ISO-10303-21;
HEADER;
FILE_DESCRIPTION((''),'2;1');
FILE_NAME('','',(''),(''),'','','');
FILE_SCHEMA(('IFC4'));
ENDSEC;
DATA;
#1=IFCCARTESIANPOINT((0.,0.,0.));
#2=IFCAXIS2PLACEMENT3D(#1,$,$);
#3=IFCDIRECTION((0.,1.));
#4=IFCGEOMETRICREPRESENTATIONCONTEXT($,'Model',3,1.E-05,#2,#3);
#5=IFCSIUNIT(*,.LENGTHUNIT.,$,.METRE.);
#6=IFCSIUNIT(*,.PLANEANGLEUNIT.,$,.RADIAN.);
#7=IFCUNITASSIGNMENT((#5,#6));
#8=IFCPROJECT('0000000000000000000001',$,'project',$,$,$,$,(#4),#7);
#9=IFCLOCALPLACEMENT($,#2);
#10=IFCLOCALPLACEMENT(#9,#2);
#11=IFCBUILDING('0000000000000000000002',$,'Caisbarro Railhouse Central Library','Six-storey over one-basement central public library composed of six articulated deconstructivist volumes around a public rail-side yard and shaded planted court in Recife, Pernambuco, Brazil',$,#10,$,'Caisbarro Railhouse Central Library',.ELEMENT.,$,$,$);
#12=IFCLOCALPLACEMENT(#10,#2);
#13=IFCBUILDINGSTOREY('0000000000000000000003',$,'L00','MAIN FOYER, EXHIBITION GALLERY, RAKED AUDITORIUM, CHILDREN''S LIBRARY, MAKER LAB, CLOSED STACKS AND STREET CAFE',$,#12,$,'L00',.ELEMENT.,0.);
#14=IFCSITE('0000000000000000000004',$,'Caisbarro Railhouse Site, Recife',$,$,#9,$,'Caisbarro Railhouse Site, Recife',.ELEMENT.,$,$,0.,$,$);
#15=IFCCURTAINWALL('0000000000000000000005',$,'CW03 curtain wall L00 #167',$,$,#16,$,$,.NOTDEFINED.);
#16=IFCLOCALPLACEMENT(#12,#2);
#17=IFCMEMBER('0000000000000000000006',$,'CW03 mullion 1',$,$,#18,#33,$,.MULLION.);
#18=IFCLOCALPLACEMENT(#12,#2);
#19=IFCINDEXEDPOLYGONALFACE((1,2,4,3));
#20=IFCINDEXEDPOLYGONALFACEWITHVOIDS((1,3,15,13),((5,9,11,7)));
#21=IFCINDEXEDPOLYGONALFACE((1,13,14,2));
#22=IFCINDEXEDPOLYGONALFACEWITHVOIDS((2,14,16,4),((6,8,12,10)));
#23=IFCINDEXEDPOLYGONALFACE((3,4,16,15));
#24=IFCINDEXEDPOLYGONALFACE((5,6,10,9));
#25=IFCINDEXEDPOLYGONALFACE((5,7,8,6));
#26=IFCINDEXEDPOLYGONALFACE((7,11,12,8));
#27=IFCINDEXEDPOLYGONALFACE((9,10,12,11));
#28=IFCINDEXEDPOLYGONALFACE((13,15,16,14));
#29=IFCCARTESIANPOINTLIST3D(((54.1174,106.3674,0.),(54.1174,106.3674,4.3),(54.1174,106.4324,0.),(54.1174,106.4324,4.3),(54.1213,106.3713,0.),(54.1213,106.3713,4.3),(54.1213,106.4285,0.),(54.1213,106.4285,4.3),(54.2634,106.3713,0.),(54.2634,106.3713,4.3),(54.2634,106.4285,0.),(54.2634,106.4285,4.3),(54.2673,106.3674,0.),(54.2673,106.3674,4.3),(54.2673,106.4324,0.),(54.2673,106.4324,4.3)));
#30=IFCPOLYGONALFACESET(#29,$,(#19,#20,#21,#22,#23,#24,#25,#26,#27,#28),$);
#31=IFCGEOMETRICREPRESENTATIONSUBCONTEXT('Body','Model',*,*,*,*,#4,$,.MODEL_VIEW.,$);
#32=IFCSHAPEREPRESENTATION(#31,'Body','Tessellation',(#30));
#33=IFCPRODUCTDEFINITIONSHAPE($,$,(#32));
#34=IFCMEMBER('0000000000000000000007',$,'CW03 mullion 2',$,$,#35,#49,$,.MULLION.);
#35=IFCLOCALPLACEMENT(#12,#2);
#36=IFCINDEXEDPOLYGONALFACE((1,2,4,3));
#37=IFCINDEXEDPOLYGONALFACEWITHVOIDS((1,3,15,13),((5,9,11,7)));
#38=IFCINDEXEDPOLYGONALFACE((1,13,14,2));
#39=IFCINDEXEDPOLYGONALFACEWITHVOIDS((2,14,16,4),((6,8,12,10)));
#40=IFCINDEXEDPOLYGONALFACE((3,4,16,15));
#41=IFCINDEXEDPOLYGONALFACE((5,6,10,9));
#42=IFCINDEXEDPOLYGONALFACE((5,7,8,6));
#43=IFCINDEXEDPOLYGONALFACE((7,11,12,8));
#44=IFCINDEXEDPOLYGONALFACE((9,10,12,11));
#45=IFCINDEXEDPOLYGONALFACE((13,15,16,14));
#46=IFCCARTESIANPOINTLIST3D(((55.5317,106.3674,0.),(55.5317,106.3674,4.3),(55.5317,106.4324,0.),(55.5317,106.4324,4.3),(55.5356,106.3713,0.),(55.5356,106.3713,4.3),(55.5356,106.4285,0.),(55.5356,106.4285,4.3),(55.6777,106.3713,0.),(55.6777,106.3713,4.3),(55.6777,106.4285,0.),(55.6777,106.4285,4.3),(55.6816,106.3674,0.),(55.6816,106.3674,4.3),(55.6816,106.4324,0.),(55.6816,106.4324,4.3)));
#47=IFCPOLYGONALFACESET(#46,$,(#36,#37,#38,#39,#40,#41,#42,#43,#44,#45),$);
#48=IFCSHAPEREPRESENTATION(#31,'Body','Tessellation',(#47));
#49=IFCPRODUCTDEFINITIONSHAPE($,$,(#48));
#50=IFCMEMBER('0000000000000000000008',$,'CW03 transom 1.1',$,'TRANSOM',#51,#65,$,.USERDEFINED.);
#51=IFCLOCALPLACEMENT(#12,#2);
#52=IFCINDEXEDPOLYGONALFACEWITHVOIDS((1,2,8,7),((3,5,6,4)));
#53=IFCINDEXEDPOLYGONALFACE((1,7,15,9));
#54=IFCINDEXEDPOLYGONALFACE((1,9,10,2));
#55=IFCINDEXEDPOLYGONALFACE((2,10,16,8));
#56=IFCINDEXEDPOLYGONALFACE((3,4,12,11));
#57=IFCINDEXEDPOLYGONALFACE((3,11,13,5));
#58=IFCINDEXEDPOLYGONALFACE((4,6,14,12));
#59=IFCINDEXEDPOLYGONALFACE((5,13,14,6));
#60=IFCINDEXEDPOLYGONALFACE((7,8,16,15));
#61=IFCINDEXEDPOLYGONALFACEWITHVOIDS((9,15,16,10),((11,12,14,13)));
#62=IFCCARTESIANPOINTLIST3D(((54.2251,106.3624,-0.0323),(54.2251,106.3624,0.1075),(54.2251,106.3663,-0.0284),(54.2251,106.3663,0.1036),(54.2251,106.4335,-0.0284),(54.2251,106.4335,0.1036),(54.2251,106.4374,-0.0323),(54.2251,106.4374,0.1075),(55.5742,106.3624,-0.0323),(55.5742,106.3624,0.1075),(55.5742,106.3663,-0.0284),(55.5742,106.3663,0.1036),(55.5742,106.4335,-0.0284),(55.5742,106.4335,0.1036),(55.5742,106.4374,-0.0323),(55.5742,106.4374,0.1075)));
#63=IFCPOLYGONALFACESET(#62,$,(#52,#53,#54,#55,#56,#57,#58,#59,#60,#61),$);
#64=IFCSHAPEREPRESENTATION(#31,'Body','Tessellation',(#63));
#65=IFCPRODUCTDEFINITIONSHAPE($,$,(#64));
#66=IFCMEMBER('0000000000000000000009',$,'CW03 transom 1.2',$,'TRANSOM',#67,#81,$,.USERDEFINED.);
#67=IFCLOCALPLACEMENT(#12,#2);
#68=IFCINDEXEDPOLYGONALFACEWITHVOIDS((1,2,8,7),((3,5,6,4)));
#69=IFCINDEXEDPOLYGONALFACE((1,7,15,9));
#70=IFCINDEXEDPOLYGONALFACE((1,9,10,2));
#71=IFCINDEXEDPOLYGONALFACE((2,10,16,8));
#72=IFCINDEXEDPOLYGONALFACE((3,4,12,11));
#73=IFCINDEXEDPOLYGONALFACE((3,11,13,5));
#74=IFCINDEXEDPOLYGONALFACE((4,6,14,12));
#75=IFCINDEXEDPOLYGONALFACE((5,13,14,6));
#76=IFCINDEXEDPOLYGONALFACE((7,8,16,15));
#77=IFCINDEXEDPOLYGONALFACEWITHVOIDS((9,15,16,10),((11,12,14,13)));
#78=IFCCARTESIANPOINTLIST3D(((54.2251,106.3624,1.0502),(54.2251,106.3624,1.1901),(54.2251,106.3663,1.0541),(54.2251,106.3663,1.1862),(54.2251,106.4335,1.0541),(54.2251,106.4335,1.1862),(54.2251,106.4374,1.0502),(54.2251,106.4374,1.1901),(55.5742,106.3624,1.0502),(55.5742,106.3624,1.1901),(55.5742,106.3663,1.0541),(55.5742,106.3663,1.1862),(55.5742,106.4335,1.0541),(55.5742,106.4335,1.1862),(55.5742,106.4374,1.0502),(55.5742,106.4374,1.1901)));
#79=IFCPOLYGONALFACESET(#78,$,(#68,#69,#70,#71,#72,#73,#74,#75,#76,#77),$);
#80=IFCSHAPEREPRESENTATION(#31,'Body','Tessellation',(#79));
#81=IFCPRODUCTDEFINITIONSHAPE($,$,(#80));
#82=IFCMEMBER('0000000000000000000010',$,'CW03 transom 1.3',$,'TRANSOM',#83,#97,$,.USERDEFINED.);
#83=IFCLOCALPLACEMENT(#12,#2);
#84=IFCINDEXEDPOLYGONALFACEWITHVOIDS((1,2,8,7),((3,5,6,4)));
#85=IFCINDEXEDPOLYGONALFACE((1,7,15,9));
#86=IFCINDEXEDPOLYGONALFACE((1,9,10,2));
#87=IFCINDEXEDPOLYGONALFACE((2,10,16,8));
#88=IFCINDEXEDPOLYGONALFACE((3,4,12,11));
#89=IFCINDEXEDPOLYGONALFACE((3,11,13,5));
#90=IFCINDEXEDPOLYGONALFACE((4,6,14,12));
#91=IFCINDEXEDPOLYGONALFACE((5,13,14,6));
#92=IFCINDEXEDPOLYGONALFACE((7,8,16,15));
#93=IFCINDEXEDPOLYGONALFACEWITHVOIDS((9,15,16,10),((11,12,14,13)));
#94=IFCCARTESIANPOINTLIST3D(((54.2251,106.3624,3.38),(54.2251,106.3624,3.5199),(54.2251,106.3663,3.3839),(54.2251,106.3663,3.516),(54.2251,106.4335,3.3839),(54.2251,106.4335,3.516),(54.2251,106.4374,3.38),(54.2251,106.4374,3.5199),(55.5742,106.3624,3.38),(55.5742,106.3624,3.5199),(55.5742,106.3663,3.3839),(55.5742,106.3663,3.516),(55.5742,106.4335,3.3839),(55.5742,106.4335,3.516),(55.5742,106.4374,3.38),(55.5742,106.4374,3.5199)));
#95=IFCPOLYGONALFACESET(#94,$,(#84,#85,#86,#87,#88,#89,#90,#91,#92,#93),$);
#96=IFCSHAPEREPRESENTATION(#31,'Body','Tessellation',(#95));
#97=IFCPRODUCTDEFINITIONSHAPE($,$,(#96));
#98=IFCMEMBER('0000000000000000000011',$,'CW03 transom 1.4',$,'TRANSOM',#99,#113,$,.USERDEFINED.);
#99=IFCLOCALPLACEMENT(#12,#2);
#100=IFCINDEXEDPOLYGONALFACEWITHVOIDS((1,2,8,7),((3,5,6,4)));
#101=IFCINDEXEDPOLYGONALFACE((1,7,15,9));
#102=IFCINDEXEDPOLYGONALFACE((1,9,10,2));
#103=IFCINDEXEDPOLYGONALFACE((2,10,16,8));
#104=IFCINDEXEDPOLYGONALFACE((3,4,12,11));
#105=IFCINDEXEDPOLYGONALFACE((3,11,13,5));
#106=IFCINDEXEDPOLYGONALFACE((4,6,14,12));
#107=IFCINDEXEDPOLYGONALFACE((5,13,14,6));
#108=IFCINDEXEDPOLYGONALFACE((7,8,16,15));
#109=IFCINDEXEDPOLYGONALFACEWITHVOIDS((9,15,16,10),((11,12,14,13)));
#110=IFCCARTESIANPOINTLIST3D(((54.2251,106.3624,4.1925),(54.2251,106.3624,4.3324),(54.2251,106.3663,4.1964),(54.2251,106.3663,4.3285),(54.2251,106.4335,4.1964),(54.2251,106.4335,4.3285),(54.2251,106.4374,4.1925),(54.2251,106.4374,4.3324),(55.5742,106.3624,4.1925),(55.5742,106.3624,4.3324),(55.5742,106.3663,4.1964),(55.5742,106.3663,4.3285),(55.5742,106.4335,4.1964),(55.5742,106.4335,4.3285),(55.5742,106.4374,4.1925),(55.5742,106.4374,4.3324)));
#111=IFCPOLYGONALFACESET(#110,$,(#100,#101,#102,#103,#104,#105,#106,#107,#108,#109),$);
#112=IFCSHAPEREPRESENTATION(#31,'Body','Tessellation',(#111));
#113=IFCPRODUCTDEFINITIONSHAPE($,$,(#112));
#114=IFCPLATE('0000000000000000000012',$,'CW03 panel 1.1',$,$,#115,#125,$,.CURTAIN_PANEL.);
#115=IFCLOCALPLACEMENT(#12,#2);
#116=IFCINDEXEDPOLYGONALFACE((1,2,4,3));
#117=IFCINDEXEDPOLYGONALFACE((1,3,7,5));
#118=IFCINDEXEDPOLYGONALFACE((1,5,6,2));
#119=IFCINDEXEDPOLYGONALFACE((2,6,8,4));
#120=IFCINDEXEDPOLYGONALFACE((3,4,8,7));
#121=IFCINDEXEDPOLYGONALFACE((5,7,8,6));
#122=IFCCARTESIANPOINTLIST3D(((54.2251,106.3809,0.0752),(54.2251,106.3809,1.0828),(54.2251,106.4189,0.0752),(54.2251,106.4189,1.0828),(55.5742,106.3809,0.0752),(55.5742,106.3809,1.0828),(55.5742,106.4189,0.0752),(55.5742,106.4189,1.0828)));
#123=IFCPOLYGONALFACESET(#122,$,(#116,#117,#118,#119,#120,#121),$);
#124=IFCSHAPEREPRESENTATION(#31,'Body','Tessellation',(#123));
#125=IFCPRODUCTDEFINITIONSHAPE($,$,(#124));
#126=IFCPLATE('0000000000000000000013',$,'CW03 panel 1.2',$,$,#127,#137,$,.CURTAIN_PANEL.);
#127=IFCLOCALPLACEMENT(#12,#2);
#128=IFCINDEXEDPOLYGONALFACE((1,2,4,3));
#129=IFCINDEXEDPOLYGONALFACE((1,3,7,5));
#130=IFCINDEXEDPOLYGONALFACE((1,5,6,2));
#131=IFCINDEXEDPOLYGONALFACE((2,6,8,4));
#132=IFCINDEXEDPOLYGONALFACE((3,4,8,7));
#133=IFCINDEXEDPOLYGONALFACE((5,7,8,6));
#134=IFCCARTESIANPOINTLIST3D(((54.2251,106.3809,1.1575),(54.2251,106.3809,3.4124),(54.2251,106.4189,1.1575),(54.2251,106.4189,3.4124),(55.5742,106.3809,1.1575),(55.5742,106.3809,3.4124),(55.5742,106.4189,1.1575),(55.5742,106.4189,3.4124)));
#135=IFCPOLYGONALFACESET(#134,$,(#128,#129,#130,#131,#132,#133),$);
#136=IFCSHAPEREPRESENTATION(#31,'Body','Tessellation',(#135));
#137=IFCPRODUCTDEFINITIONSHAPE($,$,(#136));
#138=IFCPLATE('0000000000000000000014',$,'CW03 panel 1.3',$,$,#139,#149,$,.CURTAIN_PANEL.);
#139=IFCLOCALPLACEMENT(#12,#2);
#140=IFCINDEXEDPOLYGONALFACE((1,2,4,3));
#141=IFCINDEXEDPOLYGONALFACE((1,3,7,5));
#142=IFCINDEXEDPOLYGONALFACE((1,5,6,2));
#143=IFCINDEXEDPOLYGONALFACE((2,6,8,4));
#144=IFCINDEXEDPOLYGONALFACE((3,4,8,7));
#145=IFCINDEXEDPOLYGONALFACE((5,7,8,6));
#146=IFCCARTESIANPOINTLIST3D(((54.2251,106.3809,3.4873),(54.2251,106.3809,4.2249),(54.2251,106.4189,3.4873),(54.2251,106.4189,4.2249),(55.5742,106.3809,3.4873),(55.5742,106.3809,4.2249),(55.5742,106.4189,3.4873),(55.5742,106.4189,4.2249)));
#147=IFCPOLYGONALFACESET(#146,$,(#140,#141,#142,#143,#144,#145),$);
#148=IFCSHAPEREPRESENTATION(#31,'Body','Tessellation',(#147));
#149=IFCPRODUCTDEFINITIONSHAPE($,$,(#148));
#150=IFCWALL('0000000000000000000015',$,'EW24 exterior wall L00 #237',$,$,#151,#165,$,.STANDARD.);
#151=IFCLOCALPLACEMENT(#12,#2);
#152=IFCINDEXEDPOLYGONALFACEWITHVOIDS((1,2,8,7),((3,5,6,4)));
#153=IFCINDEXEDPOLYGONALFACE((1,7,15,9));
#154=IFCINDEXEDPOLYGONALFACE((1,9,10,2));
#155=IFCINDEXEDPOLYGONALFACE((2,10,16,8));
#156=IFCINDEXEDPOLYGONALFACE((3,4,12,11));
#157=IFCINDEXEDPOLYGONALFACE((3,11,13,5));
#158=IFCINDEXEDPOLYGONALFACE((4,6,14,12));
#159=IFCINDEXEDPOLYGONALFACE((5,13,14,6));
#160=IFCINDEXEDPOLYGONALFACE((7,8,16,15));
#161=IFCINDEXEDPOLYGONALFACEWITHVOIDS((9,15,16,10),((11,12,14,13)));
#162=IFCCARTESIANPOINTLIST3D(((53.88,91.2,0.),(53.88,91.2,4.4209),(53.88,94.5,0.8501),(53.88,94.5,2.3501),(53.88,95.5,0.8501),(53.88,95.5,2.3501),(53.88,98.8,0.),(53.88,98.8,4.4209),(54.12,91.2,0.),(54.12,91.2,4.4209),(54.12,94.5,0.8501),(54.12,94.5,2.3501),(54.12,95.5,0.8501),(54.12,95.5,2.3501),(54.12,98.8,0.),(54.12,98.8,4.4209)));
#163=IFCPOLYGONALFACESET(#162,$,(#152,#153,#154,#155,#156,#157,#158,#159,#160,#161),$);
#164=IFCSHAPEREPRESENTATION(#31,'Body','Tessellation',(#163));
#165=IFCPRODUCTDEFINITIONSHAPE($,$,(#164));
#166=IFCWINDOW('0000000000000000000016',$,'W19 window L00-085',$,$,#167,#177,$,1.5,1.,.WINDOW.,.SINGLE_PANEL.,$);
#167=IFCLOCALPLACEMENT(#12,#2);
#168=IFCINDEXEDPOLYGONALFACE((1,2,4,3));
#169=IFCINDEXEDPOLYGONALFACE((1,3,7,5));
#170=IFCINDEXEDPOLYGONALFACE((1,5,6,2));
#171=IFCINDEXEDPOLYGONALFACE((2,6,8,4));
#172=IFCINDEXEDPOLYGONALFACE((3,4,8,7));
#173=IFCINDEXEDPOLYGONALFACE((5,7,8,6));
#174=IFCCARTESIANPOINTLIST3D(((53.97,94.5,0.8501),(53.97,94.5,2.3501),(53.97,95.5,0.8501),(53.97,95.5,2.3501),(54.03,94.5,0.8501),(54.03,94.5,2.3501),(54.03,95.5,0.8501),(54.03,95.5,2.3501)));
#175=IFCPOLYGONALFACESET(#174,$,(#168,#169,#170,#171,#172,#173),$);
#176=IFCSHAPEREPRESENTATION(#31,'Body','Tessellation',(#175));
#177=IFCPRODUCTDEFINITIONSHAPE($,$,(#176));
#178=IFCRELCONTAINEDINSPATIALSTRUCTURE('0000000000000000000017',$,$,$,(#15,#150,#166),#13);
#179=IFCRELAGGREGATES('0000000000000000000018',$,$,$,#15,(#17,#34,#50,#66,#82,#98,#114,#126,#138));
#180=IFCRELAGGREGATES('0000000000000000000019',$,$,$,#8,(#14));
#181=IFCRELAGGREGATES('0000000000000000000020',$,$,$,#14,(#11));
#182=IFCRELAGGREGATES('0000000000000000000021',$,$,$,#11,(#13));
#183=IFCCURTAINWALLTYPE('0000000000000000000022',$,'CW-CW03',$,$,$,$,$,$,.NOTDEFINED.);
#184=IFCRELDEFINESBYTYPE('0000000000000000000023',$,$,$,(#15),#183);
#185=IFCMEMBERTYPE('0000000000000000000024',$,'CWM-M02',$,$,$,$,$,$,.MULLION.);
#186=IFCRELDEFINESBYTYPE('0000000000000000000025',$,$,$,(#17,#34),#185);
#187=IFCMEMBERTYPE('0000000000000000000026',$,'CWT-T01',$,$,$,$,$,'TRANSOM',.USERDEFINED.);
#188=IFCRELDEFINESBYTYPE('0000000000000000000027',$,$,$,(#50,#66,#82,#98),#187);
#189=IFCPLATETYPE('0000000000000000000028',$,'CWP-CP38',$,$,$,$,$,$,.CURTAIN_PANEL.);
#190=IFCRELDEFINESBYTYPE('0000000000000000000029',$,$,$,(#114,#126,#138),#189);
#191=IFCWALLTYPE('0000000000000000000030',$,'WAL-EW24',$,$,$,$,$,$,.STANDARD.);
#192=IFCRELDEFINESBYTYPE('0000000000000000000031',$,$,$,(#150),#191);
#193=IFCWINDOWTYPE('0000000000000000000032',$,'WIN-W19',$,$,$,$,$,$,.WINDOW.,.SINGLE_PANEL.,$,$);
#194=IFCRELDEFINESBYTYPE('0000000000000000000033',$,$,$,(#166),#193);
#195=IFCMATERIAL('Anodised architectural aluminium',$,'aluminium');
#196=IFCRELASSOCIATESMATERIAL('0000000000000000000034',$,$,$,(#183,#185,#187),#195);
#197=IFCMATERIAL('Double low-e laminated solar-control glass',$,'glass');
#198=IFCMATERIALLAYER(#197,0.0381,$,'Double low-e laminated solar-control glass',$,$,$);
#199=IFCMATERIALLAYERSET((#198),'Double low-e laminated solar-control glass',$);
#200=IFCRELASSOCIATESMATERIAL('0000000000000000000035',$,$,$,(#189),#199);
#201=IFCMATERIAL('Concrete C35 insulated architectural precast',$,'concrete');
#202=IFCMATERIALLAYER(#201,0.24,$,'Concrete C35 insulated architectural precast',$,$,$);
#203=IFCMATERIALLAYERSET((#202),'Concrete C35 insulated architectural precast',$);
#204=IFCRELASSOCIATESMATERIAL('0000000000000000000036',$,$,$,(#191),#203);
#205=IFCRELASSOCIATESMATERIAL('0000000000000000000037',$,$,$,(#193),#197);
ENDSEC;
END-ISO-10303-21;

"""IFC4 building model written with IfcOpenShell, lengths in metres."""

from ifc_helpers import new_model, si_unit, direction, frame, frame_2d, origin, origin_2d, place, context, subcontext, project, spatial, rectangle, hollow_rectangle, extrude, material, layer, layer_set, material_profile, profile_set, type_object, element, fill, aggregate, save


model = new_model("IFC4")

# Units and contexts
model_context = context("Model", 3, precision=1e-05, world=origin(), true_north=direction((0.0, 1.0)))
body_context = subcontext(model_context, "Body", "Model", "MODEL_VIEW")
ifc_project = project(units=[si_unit("LENGTHUNIT", "METRE"), si_unit("PLANEANGLEUNIT", "RADIAN")], contexts=[model_context])

# Site, building, storey
site_placement = place(None, origin())
site = spatial("IfcSite", under=ifc_project, at=site_placement, Name="Caisbarro Railhouse Site, Recife", LongName="Caisbarro Railhouse Site, Recife", CompositionType="ELEMENT", RefElevation=0.0)
building_placement = place(site_placement, origin())
building = spatial("IfcBuilding", under=site, at=building_placement, Name="Caisbarro Railhouse Central Library", Description="Six-storey over one-basement central public library composed of six articulated deconstructivist volumes around a public rail-side yard and shaded planted court in Recife, Pernambuco, Brazil", LongName="Caisbarro Railhouse Central Library", CompositionType="ELEMENT")
storey_placement = place(building_placement, origin())
storey = spatial("IfcBuildingStorey", under=building, at=storey_placement, Name="L00", Description="MAIN FOYER, EXHIBITION GALLERY, RAKED AUDITORIUM, CHILDREN'S LIBRARY, MAKER LAB, CLOSED STACKS AND STREET CAFE", LongName="L00", CompositionType="ELEMENT", Elevation=0.0)

# Curtain wall, members, plates
ifc_material_1 = material(Name="Anodised architectural aluminium", Category="aluminium")
curtain_wall_type = type_object("IfcCurtainWallType", Name="CW-CW03", PredefinedType="NOTDEFINED", material=ifc_material_1)
curtain_wall_placement = place(storey_placement, origin())
curtain_wall = element("IfcCurtainWall", 1, at=curtain_wall_placement, inside=storey, type_object=curtain_wall_type, Name="CW03 curtain wall L00 #167", PredefinedType="NOTDEFINED")
ifc_material_profile_1 = material_profile(ifc_material_1, hollow_rectangle(XDim=0.0649, YDim=0.1499, WallThickness=0.0039, at=origin_2d()), Name="ALU-MUL-65X150")
ifc_profile_set_1 = profile_set([ifc_material_profile_1], Name="Anodised architectural aluminium")
member_type_1 = type_object("IfcMemberType", Name="CWM-M02", PredefinedType="MULLION", material=ifc_profile_set_1)
member_1_placement = place(storey_placement, frame((54.1924, 106.3999, 0.0), z_axis=(0.0, 0.0, 1.0), x_axis=(0.0, 1.0, 0.0)))
member_1 = element("IfcMember", 2, at=member_1_placement, type_object=member_type_1, Name="CW03 mullion 1", PredefinedType="MULLION", context=body_context, shape_type="SweptSolid", body=[
    extrude(hollow_rectangle(XDim=0.0649, YDim=0.1499, WallThickness=0.0039, at=origin_2d()), origin(), (0.0, 0.0, 1.0), 4.3),
])
member_2_placement = place(storey_placement, frame((55.6067, 106.3999, 0.0), z_axis=(0.0, 0.0, 1.0), x_axis=(0.0, 1.0, 0.0)))
member_2 = element("IfcMember", 3, at=member_2_placement, type_object=member_type_1, Name="CW03 mullion 2", PredefinedType="MULLION", context=body_context, shape_type="SweptSolid", body=[
    extrude(hollow_rectangle(XDim=0.0649, YDim=0.1499, WallThickness=0.0039, at=origin_2d()), origin(), (0.0, 0.0, 1.0), 4.3),
])
ifc_material_profile_2 = material_profile(ifc_material_1, hollow_rectangle(XDim=0.075, YDim=0.1399, WallThickness=0.0039, at=origin_2d()), Name="ALU-TRN-75X140")
ifc_profile_set_2 = profile_set([ifc_material_profile_2], Name="Anodised architectural aluminium")
member_type_2 = type_object("IfcMemberType", Name="CWT-T01", ElementType="TRANSOM", PredefinedType="USERDEFINED", material=ifc_profile_set_2)
member_3_placement = place(storey_placement, frame((54.2251, 106.3999, 0.0376), z_axis=(1.0, 0.0, 0.0), x_axis=(0.0, 1.0, 0.0)))
member_3 = element("IfcMember", 4, at=member_3_placement, type_object=member_type_2, Name="CW03 transom 1.1", ObjectType="TRANSOM", PredefinedType="USERDEFINED", context=body_context, shape_type="SweptSolid", body=[
    extrude(hollow_rectangle(XDim=0.075, YDim=0.1399, WallThickness=0.0039, at=origin_2d()), origin(), (0.0, 0.0, 1.0), 1.3491),
])
member_4_placement = place(storey_placement, frame((54.2251, 106.3999, 1.1201), z_axis=(1.0, 0.0, 0.0), x_axis=(0.0, 1.0, 0.0)))
member_4 = element("IfcMember", 5, at=member_4_placement, type_object=member_type_2, Name="CW03 transom 1.2", ObjectType="TRANSOM", PredefinedType="USERDEFINED", context=body_context, shape_type="SweptSolid", body=[
    extrude(hollow_rectangle(XDim=0.075, YDim=0.1399, WallThickness=0.0039, at=origin_2d()), origin(), (0.0, 0.0, 1.0), 1.3491),
])
member_5_placement = place(storey_placement, frame((54.2251, 106.3999, 3.45), z_axis=(1.0, 0.0, 0.0), x_axis=(0.0, 1.0, 0.0)))
member_5 = element("IfcMember", 6, at=member_5_placement, type_object=member_type_2, Name="CW03 transom 1.3", ObjectType="TRANSOM", PredefinedType="USERDEFINED", context=body_context, shape_type="SweptSolid", body=[
    extrude(hollow_rectangle(XDim=0.075, YDim=0.1399, WallThickness=0.0039, at=origin_2d()), origin(), (0.0, 0.0, 1.0), 1.3491),
])
member_6_placement = place(storey_placement, frame((54.2251, 106.3999, 4.2625), z_axis=(1.0, 0.0, 0.0), x_axis=(0.0, 1.0, 0.0)))
member_6 = element("IfcMember", 7, at=member_6_placement, type_object=member_type_2, Name="CW03 transom 1.4", ObjectType="TRANSOM", PredefinedType="USERDEFINED", context=body_context, shape_type="SweptSolid", body=[
    extrude(hollow_rectangle(XDim=0.075, YDim=0.1399, WallThickness=0.0039, at=origin_2d()), origin(), (0.0, 0.0, 1.0), 1.3491),
])
ifc_material_2 = material(Name="Double low-e laminated solar-control glass", Category="glass")
ifc_layer_1 = layer(ifc_material_2, 0.0381, Name="Double low-e laminated solar-control glass")
ifc_layer_set_1 = layer_set([ifc_layer_1], Name="Double low-e laminated solar-control glass")
plate_type = type_object("IfcPlateType", Name="CWP-CP38", PredefinedType="CURTAIN_PANEL", material=ifc_layer_set_1)
plate_1_placement = place(storey_placement, frame((54.8997, 106.3999, 0.0752), z_axis=(0.0, 0.0, 1.0), x_axis=(1.0, 0.0, 0.0)))
plate_1 = element("IfcPlate", 8, at=plate_1_placement, type_object=plate_type, Name="CW03 panel 1.1", PredefinedType="CURTAIN_PANEL", context=body_context, shape_type="SweptSolid", body=[
    extrude(rectangle(XDim=1.3491, YDim=0.0381, at=origin_2d()), origin(), (0.0, 0.0, 1.0), 1.0076),
])
plate_2_placement = place(storey_placement, frame((54.8997, 106.3999, 1.1575), z_axis=(0.0, 0.0, 1.0), x_axis=(1.0, 0.0, 0.0)))
plate_2 = element("IfcPlate", 9, at=plate_2_placement, type_object=plate_type, Name="CW03 panel 1.2", PredefinedType="CURTAIN_PANEL", context=body_context, shape_type="SweptSolid", body=[
    extrude(rectangle(XDim=1.3491, YDim=0.0381, at=origin_2d()), origin(), (0.0, 0.0, 1.0), 2.2549),
])
plate_3_placement = place(storey_placement, frame((54.8997, 106.3999, 3.4873), z_axis=(0.0, 0.0, 1.0), x_axis=(1.0, 0.0, 0.0)))
plate_3 = element("IfcPlate", 10, at=plate_3_placement, type_object=plate_type, Name="CW03 panel 1.3", PredefinedType="CURTAIN_PANEL", context=body_context, shape_type="SweptSolid", body=[
    extrude(rectangle(XDim=1.3491, YDim=0.0381, at=origin_2d()), origin(), (0.0, 0.0, 1.0), 0.7375),
])
aggregate(curtain_wall, [member_1, member_2, member_3, member_4, member_5, member_6, plate_1, plate_2, plate_3])

# Wall, opening, window
ifc_material_3 = material(Name="Concrete C35 insulated architectural precast", Category="concrete")
ifc_layer_2 = layer(ifc_material_3, 0.24, Name="Concrete C35 insulated architectural precast")
ifc_layer_set_2 = layer_set([ifc_layer_2], Name="Concrete C35 insulated architectural precast")
wall_type_1 = type_object("IfcWallType", Name="WAL-EW24", PredefinedType="STANDARD", material=ifc_layer_set_2)
wall_1_placement = place(storey_placement, frame((54.0, 91.2, 0.0), z_axis=(0.0, 0.0, 1.0), x_axis=(0.0, 1.0, 0.0)))
wall_1 = element("IfcWall", 11, at=wall_1_placement, inside=storey, type_object=wall_type_1, Name="EW24 exterior wall L00 #237", PredefinedType="STANDARD", context=body_context, shape_type="SweptSolid", body=[
    extrude(rectangle(XDim=7.6001, YDim=0.24, at=frame_2d((3.8, 0.0))), origin(), (0.0, 0.0, 1.0), 4.4209),
])
opening_1_placement = place(wall_1_placement, frame((3.3, 0.0, 0.8501)))
opening_1 = element("IfcOpeningElement", 12, at=opening_1_placement, cuts=wall_1, PredefinedType="OPENING", context=body_context, shape_type="SweptSolid", body=[
    extrude(rectangle(XDim=1.0, YDim=1.5, at=frame_2d((0.5, 0.75))), frame((0.0, 0.1299, 0.0), z_axis=(0.0, -1.0, 0.0), x_axis=(1.0, 0.0, 0.0)), (0.0, 0.0, 1.0), 0.26),
])
window_type_1 = type_object("IfcWindowType", Name="WIN-W19", PartitioningType="SINGLE_PANEL", PredefinedType="WINDOW", material=ifc_material_2)
window_1_placement = place(opening_1_placement, origin())
window_1 = element("IfcWindow", 13, at=window_1_placement, inside=storey, type_object=window_type_1, Name="W19 window L00-085", OverallHeight=1.5, OverallWidth=1.0, PartitioningType="SINGLE_PANEL", PredefinedType="WINDOW", context=body_context, shape_type="SweptSolid", body=[
    extrude(rectangle(XDim=1.0, YDim=1.5, at=frame_2d((0.5, 0.75))), frame((0.0, 0.03, 0.0), z_axis=(0.0, -1.0, 0.0), x_axis=(1.0, 0.0, 0.0)), (0.0, 0.0, 1.0), 0.0601),
])
fill(opening_1, window_1)

save(model, "model.ifc")
